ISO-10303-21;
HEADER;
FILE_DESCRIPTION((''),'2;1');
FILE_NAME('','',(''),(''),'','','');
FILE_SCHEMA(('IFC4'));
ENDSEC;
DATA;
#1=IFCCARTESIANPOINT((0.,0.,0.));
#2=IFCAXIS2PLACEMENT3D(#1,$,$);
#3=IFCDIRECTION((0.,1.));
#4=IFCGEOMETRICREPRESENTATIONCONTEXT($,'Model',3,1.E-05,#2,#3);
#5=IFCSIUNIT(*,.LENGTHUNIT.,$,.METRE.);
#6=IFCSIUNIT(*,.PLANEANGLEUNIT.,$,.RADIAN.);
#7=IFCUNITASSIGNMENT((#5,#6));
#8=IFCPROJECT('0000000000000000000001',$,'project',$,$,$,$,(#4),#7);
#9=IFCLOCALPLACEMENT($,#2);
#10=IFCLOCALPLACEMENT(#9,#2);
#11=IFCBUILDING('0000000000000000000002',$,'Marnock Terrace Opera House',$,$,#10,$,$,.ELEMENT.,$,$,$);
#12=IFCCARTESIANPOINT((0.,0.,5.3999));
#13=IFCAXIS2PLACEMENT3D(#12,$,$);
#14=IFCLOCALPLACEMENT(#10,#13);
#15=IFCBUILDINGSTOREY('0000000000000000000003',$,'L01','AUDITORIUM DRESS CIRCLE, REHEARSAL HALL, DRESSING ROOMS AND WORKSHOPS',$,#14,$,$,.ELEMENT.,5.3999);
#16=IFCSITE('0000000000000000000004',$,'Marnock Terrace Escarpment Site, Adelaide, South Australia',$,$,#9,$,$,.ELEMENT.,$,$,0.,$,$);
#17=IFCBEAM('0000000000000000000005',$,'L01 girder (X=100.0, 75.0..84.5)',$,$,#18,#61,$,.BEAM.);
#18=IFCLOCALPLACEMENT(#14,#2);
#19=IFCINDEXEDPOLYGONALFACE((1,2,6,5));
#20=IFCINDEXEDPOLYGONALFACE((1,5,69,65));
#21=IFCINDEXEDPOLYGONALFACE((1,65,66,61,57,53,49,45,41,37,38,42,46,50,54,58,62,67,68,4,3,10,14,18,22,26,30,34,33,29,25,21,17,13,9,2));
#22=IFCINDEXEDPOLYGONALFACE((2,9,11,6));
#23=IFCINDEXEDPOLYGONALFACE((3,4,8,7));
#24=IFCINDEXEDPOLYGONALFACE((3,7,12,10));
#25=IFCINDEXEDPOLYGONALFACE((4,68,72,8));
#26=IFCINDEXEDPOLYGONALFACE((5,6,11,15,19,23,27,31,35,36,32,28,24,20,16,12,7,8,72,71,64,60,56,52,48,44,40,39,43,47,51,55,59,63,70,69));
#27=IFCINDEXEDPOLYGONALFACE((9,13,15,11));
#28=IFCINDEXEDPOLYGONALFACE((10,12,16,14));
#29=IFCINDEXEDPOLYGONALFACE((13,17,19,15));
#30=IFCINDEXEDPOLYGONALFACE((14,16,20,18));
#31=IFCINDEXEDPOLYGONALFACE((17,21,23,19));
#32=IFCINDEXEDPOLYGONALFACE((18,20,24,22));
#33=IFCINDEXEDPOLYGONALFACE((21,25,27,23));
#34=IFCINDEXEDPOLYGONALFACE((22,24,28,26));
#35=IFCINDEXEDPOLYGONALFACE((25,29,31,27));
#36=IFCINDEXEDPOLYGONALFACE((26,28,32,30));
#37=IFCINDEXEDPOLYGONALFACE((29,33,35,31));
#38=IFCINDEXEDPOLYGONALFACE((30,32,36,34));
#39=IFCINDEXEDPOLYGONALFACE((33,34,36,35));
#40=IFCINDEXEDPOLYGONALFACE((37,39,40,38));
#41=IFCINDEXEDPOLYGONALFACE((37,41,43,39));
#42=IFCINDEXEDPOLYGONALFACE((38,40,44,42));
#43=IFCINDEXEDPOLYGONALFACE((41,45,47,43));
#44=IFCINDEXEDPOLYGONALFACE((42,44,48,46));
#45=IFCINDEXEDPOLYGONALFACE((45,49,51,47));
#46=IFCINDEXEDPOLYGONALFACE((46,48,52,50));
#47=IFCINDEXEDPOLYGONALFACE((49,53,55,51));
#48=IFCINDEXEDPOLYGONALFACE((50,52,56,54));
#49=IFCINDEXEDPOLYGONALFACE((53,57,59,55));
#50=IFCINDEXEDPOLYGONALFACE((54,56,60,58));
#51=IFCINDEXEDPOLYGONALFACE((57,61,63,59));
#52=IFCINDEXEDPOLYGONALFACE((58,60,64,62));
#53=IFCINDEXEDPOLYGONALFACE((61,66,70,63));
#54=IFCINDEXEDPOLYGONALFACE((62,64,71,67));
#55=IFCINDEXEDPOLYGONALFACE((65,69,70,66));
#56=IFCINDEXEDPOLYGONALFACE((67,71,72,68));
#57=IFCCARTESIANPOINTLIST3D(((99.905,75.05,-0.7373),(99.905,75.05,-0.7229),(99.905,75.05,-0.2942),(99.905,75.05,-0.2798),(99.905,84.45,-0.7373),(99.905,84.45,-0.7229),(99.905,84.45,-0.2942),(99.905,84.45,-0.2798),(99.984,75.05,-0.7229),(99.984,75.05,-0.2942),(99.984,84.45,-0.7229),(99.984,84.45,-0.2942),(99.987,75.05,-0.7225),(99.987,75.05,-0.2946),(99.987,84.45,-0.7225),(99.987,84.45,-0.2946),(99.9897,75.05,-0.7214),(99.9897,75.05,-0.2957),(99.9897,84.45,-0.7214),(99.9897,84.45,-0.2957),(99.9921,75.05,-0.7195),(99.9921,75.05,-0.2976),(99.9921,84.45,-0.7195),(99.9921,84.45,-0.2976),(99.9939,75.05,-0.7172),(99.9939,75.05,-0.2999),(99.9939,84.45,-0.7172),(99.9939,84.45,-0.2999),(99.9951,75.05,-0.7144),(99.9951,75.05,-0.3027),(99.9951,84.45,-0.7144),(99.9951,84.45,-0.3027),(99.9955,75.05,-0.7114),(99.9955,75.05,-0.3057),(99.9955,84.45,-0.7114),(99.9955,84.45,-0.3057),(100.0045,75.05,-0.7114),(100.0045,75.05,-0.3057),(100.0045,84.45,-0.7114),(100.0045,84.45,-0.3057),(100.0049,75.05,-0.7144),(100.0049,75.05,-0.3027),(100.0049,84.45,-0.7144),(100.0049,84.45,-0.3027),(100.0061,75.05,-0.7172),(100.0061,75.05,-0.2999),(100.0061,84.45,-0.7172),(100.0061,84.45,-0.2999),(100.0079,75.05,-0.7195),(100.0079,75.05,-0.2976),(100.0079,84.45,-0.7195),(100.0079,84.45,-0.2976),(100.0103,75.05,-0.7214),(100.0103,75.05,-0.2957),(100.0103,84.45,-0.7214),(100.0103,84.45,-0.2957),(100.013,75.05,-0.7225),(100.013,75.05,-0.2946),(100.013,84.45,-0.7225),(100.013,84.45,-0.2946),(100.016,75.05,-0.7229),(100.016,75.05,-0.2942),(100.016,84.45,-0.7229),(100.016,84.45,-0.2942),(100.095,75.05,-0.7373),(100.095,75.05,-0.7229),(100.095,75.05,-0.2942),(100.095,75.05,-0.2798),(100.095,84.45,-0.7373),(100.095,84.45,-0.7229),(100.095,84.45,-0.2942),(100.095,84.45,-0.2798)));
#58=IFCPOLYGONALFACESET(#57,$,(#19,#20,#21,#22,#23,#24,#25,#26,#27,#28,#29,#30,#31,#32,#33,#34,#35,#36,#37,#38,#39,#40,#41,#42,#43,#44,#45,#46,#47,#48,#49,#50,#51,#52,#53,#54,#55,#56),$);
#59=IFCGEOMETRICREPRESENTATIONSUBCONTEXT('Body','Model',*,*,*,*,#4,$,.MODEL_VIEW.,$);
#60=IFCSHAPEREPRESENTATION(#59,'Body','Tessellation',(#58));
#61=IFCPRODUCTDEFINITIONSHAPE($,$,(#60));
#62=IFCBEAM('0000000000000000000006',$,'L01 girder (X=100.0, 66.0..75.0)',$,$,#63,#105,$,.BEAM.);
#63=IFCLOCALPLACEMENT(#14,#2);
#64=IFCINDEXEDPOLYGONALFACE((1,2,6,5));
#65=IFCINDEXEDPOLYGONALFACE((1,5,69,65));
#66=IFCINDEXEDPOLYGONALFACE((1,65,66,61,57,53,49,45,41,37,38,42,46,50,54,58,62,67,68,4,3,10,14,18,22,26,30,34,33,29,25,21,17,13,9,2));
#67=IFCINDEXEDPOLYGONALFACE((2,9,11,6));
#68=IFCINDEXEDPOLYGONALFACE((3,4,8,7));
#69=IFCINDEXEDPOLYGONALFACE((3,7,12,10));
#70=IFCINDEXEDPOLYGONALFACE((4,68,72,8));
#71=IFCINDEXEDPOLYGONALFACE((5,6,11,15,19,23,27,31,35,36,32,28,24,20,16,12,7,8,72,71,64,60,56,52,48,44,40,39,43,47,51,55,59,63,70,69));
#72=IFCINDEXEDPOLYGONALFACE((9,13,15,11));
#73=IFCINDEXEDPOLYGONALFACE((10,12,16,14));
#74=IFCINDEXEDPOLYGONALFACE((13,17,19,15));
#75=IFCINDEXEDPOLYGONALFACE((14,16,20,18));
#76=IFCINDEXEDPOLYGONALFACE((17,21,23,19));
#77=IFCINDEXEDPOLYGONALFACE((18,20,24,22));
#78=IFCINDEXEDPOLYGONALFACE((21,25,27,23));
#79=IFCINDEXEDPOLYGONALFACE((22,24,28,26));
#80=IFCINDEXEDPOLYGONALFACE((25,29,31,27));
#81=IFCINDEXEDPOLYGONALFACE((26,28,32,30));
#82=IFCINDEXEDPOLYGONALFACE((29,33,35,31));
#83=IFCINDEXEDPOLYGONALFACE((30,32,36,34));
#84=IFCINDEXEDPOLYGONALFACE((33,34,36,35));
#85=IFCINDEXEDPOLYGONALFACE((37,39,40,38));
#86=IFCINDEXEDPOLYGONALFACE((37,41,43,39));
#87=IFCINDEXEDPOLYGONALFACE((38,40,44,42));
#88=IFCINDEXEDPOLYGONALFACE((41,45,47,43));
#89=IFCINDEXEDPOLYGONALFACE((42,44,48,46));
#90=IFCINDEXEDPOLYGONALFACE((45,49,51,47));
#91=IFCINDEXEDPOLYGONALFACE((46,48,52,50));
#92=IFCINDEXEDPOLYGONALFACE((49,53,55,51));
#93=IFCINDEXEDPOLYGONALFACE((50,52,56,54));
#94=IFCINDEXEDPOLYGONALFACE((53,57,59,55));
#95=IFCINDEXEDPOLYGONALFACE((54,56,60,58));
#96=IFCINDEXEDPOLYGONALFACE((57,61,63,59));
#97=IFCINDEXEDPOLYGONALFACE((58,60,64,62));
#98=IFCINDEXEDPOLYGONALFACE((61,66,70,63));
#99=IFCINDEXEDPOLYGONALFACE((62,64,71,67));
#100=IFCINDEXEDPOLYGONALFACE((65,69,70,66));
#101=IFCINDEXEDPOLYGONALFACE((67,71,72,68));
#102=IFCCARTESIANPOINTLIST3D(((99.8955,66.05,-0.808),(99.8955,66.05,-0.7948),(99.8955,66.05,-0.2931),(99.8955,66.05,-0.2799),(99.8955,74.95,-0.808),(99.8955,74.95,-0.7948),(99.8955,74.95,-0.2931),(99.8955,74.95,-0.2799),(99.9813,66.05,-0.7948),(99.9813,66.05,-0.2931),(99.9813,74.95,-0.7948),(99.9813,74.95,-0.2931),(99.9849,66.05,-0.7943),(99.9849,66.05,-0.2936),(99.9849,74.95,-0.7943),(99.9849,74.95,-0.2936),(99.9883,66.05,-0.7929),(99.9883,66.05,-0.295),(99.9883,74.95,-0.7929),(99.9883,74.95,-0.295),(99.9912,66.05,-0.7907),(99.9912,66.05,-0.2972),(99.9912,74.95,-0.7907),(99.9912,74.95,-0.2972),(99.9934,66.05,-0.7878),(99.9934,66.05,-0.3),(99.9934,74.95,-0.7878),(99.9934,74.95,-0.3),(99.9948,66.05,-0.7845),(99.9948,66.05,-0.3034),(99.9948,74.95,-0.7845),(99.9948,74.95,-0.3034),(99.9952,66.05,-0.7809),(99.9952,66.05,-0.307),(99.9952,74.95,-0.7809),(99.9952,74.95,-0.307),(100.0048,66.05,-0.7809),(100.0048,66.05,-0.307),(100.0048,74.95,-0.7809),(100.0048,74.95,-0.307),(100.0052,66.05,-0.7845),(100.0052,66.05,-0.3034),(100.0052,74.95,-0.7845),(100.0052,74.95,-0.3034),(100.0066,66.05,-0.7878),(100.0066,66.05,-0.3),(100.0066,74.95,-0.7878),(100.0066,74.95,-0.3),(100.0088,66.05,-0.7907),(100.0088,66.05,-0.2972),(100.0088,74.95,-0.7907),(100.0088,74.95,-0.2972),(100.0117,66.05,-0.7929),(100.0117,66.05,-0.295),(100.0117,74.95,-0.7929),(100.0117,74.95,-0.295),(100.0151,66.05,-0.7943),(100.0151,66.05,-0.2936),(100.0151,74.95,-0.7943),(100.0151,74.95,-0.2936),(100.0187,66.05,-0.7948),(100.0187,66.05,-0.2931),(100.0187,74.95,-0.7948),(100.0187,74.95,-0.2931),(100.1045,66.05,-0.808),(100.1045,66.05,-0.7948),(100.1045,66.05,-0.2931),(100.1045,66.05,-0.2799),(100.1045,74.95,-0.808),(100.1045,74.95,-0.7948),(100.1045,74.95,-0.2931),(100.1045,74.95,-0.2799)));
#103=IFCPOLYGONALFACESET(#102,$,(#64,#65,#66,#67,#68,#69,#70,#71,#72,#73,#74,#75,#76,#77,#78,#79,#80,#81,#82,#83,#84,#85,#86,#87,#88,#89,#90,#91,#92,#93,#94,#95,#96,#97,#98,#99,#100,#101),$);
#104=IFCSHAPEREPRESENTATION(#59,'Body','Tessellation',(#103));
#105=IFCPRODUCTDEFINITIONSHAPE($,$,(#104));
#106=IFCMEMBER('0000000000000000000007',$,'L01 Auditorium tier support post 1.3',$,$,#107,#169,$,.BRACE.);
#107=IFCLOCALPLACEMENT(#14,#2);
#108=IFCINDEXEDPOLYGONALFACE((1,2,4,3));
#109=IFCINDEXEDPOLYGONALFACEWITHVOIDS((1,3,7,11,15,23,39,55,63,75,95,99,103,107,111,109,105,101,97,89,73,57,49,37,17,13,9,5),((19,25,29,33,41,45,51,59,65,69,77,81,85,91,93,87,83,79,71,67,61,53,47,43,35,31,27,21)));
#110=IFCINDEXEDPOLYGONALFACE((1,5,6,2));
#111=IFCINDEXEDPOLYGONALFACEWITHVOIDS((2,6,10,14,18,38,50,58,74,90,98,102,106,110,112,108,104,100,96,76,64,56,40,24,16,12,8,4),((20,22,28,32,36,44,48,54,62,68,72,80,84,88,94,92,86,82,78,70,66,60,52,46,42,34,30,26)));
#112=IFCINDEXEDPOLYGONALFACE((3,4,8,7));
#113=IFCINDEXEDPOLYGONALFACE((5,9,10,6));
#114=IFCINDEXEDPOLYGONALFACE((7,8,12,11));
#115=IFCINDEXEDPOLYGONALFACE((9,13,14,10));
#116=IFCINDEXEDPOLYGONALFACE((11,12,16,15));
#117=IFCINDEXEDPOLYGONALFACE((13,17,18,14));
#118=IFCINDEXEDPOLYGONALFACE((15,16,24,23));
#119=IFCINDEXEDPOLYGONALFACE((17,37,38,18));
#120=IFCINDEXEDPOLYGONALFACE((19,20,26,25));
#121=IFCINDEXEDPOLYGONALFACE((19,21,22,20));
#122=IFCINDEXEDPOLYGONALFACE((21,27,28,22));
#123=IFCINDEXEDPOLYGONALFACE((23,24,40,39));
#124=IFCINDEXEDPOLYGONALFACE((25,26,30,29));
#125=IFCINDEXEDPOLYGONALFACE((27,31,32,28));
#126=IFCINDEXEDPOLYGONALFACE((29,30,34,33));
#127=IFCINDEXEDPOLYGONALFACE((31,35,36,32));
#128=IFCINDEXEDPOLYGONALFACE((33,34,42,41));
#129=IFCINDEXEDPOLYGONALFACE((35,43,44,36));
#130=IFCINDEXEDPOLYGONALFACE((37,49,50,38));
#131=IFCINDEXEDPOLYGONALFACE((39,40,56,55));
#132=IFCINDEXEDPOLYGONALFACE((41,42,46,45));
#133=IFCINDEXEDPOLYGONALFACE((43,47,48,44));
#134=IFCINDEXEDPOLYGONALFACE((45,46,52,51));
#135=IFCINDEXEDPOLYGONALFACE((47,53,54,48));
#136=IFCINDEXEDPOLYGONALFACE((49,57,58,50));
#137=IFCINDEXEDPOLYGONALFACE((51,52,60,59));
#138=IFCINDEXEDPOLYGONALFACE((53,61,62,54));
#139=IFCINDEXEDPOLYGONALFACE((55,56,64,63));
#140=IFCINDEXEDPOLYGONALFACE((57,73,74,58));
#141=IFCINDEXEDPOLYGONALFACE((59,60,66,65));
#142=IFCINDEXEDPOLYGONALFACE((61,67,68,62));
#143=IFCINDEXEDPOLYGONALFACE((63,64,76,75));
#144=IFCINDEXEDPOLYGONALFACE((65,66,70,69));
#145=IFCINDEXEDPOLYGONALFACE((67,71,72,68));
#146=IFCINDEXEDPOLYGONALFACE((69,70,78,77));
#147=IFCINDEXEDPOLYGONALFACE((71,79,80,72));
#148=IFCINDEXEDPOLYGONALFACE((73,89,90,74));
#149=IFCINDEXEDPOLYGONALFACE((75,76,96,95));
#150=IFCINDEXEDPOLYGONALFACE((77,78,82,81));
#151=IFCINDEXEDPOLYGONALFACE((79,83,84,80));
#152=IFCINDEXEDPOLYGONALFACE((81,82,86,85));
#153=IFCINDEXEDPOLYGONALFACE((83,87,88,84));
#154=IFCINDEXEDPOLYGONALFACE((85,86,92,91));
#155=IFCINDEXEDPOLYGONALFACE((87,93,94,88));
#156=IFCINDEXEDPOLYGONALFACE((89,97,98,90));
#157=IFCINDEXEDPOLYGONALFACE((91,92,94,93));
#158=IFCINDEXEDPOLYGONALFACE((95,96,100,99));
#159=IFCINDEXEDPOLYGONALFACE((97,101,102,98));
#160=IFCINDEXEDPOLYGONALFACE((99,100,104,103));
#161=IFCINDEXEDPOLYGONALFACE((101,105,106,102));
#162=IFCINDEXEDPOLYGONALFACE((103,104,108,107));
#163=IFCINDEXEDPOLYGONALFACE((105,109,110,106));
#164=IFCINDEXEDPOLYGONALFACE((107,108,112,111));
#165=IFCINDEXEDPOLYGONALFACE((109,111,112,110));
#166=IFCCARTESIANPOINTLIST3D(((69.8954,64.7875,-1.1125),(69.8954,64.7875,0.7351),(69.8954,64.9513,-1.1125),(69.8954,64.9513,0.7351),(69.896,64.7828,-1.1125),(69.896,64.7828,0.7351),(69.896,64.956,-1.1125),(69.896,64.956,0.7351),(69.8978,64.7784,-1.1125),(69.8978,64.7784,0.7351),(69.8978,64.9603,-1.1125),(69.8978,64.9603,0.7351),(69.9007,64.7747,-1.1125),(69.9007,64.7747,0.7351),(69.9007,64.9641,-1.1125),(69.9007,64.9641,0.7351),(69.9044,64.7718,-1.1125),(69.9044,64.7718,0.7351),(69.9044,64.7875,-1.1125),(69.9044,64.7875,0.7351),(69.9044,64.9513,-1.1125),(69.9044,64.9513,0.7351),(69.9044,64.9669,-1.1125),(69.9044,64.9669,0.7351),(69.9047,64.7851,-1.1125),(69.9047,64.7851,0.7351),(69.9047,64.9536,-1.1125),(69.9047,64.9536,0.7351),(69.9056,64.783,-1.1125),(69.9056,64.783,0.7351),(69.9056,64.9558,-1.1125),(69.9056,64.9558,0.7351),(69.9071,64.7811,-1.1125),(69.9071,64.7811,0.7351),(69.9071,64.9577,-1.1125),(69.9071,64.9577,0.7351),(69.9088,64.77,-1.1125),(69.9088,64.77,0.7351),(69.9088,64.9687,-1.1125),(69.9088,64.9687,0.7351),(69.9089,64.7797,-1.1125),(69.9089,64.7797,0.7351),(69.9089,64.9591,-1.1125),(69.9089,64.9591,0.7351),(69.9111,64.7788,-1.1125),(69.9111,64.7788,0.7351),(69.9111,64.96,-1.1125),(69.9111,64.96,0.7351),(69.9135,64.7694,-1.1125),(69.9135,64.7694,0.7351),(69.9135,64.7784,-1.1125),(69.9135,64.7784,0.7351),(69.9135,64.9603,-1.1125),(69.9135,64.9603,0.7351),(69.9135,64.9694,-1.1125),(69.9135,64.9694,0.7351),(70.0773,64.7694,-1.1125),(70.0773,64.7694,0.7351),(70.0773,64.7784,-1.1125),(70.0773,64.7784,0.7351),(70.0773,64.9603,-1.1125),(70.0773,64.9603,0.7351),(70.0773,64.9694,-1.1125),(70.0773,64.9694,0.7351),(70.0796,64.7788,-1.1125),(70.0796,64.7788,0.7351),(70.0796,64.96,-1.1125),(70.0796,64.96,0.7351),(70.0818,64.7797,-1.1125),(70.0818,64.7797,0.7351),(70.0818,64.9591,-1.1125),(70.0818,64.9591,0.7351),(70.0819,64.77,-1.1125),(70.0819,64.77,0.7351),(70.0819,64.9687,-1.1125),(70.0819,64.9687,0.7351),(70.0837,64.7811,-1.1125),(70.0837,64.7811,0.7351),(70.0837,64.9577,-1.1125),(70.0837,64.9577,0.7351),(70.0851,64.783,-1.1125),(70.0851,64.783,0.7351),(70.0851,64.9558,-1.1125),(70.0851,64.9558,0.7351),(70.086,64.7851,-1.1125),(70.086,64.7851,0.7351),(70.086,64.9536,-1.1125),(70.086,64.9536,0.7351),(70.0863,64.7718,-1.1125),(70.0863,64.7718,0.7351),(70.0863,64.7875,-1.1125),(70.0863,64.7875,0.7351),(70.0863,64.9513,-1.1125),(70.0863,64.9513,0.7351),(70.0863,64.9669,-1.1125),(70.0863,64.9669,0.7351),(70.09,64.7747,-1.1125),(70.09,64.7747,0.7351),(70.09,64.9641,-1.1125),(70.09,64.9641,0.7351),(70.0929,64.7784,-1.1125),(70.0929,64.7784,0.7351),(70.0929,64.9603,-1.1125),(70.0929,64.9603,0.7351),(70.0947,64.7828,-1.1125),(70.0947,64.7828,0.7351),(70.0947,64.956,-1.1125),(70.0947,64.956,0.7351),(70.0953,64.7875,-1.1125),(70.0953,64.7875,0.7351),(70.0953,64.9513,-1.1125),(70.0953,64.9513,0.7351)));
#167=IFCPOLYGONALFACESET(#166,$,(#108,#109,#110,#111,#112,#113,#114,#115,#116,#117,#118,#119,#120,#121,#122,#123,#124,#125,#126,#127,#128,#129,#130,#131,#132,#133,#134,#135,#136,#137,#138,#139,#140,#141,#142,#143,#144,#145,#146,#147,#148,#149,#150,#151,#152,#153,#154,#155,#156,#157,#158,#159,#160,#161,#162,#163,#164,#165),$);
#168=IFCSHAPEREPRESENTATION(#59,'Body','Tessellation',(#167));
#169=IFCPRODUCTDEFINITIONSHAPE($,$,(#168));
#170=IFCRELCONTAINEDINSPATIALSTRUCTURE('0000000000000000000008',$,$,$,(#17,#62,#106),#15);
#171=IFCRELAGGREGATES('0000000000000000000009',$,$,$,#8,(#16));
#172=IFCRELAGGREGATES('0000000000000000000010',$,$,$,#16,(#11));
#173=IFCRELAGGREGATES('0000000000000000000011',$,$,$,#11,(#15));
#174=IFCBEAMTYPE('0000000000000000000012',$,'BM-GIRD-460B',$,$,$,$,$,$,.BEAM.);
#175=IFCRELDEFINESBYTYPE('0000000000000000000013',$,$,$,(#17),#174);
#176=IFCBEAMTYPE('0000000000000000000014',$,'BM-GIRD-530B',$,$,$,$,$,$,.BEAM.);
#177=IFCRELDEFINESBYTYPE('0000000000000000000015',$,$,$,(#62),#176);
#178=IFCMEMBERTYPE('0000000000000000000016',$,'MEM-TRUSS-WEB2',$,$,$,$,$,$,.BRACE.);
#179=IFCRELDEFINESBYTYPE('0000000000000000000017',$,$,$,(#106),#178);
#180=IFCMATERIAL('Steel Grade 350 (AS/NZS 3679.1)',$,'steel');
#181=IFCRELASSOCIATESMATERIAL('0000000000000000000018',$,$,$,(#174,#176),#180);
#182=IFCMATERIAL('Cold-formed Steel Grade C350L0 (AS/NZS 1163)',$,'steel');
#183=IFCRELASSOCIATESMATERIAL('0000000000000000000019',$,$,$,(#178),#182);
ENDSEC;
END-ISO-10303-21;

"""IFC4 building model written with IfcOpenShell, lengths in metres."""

from ifc_helpers import new_model, si_unit, direction, frame, origin, origin_2d, place, context, subcontext, project, spatial, hollow_rectangle, i_section, extrude, material, material_profile, profile_set, type_object, element, save


model = new_model("IFC4")

# Units and contexts
model_context = context("Model", 3, precision=1e-05, world=origin(), true_north=direction((0.0, 1.0)))
body_context = subcontext(model_context, "Body", "Model", "MODEL_VIEW")
ifc_project = project(units=[si_unit("LENGTHUNIT", "METRE"), si_unit("PLANEANGLEUNIT", "RADIAN")], contexts=[model_context])

# Site, building, storey
site_placement = place(None, origin())
site = spatial("IfcSite", under=ifc_project, at=site_placement, Name="Marnock Terrace Escarpment Site, Adelaide, South Australia", CompositionType="ELEMENT", RefElevation=0.0)
building_placement = place(site_placement, origin())
building = spatial("IfcBuilding", under=site, at=building_placement, Name="Marnock Terrace Opera House", CompositionType="ELEMENT")
storey_placement = place(building_placement, frame((0.0, 0.0, 5.3999)))
storey = spatial("IfcBuildingStorey", under=building, at=storey_placement, Name="L01", Description="AUDITORIUM DRESS CIRCLE, REHEARSAL HALL, DRESSING ROOMS AND WORKSHOPS", CompositionType="ELEMENT", Elevation=5.3999)

# Beams
ifc_material_1 = material(Name="Steel Grade 350 (AS/NZS 3679.1)", Category="steel")
ifc_material_profile_1 = material_profile(ifc_material_1, i_section(OverallWidth=0.1899, OverallDepth=0.4575, WebThickness=0.009, FlangeThickness=0.0144, FilletRadius=0.0115, at=origin_2d()))
ifc_profile_set_1 = profile_set([ifc_material_profile_1], Name="Steel Grade 350 (AS/NZS 3679.1)")
beam_type_1 = type_object("IfcBeamType", Name="BM-GIRD-460B", PredefinedType="BEAM", material=ifc_profile_set_1)
beam_1_placement = place(storey_placement, frame((100.0, 75.05, -0.5085), z_axis=(0.0, 1.0, 0.0), x_axis=(-1.0, 0.0, 0.0)))
element("IfcBeam", 1, at=beam_1_placement, inside=storey, type_object=beam_type_1, Name="L01 girder (X=100.0, 75.0..84.5)", PredefinedType="BEAM", context=body_context, shape_type="SweptSolid", body=[
    extrude(i_section(OverallWidth=0.1899, OverallDepth=0.4575, WebThickness=0.009, FlangeThickness=0.0144, FilletRadius=0.0115, at=origin_2d()), origin(), (0.0, 0.0, 1.0), 9.3999),
])
ifc_material_profile_2 = material_profile(ifc_material_1, i_section(OverallWidth=0.209, OverallDepth=0.5281, WebThickness=0.0095, FlangeThickness=0.0132, FilletRadius=0.0139, at=origin_2d()))
ifc_profile_set_2 = profile_set([ifc_material_profile_2], Name="Steel Grade 350 (AS/NZS 3679.1)")
beam_type_2 = type_object("IfcBeamType", Name="BM-GIRD-530B", PredefinedType="BEAM", material=ifc_profile_set_2)
beam_2_placement = place(storey_placement, frame((100.0, 66.05, -0.5439), z_axis=(0.0, 1.0, 0.0), x_axis=(-1.0, 0.0, 0.0)))
element("IfcBeam", 2, at=beam_2_placement, inside=storey, type_object=beam_type_2, Name="L01 girder (X=100.0, 66.0..75.0)", PredefinedType="BEAM", context=body_context, shape_type="SweptSolid", body=[
    extrude(i_section(OverallWidth=0.209, OverallDepth=0.5281, WebThickness=0.0095, FlangeThickness=0.0132, FilletRadius=0.0139, at=origin_2d()), origin(), (0.0, 0.0, 1.0), 8.8999),
])

# Member
ifc_material_2 = material(Name="Cold-formed Steel Grade C350L0 (AS/NZS 1163)", Category="steel")
ifc_material_profile_3 = material_profile(ifc_material_2, hollow_rectangle(XDim=0.2, YDim=0.2, WallThickness=0.009, InnerFilletRadius=0.009, OuterFilletRadius=0.0181, at=origin_2d()))
ifc_profile_set_3 = profile_set([ifc_material_profile_3], Name="Cold-formed Steel Grade C350L0 (AS/NZS 1163)")
member_type = type_object("IfcMemberType", Name="MEM-TRUSS-WEB2", PredefinedType="BRACE", material=ifc_profile_set_3)
member_1_placement = place(storey_placement, frame((69.9954, 64.8694, -1.1125), z_axis=(0.0, 0.0, 1.0), x_axis=(1.0, 0.0, 0.0)))
element("IfcMember", 3, at=member_1_placement, inside=storey, type_object=member_type, Name="L01 Auditorium tier support post 1.3", PredefinedType="BRACE", context=body_context, shape_type="SweptSolid", body=[
    extrude(hollow_rectangle(XDim=0.2, YDim=0.2, WallThickness=0.009, InnerFilletRadius=0.009, OuterFilletRadius=0.0181, at=origin_2d()), origin(), (0.0, 0.0, 1.0), 1.8477),
])

save(model, "model.ifc")
